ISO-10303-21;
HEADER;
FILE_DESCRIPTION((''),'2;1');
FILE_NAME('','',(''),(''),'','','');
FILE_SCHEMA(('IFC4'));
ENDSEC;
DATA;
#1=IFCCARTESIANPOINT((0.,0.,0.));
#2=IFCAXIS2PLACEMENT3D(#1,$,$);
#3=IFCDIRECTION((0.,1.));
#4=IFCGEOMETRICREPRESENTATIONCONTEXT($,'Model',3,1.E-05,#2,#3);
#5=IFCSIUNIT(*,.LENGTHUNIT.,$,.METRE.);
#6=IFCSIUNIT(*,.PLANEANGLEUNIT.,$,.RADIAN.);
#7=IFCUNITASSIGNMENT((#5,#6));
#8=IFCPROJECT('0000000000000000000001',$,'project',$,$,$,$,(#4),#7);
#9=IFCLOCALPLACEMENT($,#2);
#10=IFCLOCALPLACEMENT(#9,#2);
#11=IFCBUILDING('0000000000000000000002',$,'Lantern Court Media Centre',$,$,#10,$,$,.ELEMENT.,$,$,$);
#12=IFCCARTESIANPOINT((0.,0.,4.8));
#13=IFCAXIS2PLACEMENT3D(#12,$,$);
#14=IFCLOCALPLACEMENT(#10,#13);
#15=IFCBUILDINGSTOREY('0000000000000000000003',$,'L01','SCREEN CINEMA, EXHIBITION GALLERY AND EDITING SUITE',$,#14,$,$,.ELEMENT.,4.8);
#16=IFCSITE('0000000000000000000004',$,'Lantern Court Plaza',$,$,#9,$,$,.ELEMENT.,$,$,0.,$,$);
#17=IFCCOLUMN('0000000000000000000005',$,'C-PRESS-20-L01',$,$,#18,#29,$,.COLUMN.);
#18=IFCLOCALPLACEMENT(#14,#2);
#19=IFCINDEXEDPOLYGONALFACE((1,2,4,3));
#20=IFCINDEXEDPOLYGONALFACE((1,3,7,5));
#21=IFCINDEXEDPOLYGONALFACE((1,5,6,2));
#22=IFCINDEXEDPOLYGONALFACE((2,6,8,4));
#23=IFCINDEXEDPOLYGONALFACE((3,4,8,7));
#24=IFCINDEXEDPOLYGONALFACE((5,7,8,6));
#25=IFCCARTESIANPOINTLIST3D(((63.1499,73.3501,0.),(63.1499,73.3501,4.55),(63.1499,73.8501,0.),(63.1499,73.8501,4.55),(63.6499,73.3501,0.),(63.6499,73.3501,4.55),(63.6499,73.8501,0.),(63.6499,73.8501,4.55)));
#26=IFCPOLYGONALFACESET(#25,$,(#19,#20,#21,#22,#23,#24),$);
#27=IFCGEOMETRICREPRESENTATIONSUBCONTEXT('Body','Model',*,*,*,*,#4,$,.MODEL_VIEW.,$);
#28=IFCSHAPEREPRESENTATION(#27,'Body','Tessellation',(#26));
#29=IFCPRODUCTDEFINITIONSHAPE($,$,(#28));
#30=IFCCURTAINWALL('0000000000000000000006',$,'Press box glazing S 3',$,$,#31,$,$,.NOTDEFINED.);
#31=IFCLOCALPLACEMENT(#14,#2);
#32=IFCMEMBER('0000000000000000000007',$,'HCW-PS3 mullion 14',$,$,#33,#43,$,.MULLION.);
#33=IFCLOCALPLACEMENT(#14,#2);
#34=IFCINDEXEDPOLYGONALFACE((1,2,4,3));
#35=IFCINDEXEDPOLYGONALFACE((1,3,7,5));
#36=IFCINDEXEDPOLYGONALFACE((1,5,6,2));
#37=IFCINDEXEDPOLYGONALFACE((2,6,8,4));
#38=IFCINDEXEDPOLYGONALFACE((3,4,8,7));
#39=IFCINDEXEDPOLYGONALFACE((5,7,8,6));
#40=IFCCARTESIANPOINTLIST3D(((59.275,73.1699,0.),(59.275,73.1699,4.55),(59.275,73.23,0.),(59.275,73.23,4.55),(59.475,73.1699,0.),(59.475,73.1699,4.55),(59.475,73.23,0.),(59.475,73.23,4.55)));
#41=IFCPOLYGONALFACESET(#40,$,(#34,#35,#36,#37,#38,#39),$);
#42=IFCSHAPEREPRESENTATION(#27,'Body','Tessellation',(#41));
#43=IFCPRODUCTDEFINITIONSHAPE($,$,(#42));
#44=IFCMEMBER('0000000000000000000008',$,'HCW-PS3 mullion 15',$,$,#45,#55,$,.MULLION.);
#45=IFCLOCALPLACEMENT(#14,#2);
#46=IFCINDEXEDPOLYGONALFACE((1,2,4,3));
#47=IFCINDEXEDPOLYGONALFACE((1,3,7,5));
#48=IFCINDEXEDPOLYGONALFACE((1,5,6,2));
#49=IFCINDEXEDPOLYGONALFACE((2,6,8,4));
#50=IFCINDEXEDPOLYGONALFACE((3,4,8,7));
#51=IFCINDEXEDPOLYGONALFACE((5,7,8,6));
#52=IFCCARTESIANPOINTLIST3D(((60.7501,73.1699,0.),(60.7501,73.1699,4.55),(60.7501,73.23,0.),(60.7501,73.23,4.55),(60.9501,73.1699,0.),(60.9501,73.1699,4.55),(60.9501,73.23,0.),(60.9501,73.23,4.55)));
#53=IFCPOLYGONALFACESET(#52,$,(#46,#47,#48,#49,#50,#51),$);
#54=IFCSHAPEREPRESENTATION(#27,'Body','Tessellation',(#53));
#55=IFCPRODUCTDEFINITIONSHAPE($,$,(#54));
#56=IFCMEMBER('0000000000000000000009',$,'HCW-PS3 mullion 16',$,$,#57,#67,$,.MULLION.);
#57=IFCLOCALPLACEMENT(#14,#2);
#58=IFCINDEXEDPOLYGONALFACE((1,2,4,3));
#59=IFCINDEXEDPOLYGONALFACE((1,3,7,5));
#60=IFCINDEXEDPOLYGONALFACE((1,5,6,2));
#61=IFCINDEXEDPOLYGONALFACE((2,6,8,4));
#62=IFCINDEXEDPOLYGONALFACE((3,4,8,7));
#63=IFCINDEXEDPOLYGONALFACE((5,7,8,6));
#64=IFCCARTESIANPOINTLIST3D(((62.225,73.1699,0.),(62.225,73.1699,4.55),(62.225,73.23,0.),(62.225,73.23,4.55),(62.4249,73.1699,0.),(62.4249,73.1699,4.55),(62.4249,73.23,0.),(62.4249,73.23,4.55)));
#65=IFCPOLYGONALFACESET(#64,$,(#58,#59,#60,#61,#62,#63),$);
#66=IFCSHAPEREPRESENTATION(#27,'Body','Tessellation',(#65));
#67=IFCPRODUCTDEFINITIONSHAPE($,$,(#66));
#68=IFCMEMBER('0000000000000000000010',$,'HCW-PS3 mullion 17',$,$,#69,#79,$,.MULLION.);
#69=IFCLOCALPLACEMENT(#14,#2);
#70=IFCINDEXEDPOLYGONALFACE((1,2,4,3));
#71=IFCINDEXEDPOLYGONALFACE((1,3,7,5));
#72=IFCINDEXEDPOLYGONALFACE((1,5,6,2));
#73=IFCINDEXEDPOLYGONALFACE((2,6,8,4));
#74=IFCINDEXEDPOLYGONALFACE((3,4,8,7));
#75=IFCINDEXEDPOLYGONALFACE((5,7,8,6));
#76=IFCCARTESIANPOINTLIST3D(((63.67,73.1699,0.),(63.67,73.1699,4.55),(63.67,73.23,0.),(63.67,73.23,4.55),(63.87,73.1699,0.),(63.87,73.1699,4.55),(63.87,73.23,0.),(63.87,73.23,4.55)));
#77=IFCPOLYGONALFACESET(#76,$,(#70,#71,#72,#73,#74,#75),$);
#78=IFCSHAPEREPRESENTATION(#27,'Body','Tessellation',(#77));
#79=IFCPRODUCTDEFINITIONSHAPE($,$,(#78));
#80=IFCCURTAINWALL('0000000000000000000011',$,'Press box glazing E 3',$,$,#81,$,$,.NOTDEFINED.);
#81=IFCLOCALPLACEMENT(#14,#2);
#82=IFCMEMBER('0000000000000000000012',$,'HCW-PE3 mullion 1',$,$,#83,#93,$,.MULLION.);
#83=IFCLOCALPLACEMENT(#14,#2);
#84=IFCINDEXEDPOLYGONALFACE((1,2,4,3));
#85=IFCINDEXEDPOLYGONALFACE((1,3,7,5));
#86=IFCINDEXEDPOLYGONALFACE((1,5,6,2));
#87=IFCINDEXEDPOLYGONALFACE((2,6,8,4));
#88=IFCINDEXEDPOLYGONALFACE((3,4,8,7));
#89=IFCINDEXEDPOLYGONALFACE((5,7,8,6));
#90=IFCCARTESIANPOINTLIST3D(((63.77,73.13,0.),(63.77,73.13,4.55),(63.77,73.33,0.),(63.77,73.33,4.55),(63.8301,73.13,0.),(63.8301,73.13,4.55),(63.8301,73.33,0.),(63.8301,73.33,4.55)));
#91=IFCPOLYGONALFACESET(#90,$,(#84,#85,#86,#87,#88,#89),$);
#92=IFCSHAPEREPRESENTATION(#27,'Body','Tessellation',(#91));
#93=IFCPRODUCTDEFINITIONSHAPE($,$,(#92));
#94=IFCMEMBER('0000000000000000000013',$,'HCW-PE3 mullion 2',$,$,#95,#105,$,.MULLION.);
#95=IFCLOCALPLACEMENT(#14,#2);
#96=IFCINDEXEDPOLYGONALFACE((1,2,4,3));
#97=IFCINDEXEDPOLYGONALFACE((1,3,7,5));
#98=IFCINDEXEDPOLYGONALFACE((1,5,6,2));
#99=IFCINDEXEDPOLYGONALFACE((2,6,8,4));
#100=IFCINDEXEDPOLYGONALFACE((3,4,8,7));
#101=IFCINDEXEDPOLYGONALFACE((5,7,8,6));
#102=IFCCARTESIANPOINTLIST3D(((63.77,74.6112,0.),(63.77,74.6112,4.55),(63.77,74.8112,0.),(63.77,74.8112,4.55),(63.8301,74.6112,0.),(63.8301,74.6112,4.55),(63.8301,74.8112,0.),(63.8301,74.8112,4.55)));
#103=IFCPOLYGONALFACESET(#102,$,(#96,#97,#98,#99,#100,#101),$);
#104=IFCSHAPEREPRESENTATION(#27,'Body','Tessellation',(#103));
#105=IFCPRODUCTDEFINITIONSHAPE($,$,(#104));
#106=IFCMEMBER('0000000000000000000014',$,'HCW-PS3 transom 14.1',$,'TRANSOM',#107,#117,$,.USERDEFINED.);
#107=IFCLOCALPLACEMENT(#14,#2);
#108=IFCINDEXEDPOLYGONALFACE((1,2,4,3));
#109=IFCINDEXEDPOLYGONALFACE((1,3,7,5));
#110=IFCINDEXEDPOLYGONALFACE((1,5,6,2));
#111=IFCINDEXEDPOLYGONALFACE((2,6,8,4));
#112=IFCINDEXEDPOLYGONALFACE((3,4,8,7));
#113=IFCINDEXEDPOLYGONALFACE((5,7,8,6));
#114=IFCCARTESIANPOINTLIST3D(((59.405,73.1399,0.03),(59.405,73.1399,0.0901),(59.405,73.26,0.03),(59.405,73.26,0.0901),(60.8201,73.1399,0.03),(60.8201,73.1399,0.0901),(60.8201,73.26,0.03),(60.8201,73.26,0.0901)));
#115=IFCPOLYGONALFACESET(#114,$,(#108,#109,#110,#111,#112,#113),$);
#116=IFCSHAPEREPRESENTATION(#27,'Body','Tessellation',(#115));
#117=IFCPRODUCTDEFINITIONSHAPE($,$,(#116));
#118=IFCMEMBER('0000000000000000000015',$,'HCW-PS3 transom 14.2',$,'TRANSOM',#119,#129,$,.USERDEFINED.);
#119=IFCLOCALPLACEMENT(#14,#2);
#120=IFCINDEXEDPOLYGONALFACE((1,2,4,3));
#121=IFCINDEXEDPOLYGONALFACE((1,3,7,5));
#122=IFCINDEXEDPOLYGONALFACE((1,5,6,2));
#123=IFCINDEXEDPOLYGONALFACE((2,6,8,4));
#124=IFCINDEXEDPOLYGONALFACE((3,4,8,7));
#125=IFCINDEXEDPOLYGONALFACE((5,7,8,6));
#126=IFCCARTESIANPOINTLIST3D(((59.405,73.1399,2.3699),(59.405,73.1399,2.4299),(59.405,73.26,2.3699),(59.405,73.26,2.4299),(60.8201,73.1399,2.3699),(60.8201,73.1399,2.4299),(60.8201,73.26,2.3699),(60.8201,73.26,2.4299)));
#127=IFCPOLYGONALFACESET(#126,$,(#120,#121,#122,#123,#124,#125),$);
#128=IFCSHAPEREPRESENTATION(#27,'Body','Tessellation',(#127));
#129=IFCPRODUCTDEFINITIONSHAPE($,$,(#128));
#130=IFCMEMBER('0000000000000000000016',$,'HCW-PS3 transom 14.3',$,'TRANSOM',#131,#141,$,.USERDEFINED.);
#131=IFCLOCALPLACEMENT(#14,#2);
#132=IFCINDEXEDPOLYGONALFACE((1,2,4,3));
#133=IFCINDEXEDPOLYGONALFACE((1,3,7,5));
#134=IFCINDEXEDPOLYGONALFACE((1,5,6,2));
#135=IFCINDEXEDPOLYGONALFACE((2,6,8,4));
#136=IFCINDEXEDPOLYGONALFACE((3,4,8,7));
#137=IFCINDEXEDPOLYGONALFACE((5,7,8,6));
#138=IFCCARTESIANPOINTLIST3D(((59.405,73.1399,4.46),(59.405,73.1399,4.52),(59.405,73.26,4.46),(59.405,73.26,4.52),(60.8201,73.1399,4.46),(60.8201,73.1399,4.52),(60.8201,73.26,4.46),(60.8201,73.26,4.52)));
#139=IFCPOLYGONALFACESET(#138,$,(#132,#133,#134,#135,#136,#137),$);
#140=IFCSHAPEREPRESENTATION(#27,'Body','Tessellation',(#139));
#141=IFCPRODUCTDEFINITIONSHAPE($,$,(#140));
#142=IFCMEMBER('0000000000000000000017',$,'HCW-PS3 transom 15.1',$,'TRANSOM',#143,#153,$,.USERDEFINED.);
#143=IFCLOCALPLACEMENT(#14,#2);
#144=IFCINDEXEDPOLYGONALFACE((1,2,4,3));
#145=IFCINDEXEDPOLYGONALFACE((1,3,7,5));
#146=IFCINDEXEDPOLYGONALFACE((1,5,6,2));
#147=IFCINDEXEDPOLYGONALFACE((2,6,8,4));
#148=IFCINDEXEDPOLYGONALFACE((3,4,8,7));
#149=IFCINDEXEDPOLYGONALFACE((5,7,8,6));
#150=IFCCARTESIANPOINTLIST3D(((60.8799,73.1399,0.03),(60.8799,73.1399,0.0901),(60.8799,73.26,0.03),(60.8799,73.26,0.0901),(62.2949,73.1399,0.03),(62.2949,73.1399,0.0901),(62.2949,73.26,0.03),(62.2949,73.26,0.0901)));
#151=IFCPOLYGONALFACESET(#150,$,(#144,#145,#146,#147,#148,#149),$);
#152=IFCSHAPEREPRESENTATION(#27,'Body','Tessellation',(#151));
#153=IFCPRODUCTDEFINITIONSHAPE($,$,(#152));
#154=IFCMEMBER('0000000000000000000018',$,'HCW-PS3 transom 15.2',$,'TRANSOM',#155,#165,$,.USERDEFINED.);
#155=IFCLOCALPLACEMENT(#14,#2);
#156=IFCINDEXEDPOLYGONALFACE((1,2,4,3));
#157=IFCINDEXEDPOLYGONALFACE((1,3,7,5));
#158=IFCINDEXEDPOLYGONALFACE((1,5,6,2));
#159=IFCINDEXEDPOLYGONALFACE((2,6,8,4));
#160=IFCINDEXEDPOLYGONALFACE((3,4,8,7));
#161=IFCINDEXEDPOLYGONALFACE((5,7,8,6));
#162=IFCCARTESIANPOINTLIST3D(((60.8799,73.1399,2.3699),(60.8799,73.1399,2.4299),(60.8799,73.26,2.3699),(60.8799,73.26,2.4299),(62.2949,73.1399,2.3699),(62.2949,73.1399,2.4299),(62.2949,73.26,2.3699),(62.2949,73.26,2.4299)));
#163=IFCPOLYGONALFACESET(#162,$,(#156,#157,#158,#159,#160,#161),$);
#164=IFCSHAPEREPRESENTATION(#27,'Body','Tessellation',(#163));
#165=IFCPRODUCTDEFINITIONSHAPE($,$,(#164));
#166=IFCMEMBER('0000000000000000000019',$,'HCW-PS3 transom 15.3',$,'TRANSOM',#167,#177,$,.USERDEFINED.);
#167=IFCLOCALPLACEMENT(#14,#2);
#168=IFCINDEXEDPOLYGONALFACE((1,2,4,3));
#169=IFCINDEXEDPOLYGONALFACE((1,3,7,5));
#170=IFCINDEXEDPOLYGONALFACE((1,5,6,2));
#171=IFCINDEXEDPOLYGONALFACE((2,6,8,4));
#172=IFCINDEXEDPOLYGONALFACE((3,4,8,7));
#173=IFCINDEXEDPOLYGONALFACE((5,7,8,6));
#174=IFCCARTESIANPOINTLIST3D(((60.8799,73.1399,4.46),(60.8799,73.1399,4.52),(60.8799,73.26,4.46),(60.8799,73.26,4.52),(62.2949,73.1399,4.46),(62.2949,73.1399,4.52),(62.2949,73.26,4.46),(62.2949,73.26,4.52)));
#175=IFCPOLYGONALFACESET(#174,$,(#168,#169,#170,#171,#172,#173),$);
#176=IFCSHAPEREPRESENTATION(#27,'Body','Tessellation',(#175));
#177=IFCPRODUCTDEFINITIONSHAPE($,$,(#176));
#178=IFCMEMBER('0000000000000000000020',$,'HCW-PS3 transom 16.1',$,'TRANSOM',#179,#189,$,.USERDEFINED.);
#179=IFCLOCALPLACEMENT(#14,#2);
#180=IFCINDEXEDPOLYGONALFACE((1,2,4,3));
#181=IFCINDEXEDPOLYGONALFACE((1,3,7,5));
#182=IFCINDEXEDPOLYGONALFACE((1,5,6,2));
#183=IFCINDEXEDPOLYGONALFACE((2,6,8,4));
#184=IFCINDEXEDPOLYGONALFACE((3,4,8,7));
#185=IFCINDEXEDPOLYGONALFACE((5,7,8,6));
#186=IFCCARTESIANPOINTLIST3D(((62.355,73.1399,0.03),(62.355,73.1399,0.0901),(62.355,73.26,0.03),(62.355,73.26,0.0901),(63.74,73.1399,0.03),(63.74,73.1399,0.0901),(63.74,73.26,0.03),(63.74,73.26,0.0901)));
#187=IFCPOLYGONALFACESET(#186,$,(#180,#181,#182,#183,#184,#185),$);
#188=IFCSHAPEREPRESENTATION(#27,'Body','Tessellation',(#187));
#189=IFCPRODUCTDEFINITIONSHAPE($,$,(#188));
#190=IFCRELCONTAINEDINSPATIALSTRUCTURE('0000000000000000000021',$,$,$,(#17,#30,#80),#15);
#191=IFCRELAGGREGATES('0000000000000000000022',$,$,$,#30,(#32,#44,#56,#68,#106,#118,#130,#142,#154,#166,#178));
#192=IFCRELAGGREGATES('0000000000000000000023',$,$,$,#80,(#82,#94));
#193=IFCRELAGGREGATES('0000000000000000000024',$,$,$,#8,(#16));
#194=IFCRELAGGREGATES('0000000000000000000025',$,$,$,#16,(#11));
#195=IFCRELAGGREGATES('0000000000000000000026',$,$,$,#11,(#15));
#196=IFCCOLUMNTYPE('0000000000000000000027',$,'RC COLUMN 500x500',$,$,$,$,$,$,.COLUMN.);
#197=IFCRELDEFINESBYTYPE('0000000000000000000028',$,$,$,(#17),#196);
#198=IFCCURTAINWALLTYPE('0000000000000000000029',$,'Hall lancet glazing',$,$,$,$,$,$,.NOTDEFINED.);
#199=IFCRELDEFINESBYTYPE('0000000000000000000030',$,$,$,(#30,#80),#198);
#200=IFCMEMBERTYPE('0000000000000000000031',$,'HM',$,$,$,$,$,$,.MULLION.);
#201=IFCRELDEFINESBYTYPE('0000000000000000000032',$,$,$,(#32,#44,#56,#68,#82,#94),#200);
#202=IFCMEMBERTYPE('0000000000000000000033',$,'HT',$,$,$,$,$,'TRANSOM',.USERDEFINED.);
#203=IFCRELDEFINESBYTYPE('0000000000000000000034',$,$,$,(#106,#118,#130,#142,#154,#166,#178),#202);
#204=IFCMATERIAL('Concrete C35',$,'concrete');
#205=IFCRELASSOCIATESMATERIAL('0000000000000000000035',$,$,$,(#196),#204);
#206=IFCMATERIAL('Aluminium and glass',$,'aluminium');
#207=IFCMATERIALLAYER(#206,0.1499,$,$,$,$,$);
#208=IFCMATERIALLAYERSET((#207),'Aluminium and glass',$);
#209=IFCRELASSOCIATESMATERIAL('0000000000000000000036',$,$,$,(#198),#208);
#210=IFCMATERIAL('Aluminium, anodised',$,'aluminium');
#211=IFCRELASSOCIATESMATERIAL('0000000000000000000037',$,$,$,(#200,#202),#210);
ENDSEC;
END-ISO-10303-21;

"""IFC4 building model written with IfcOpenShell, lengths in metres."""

from ifc_helpers import new_model, si_unit, direction, frame, origin, origin_2d, place, context, subcontext, project, spatial, rectangle, extrude, material, layer, layer_set, material_profile, profile_set, type_object, element, aggregate, save


model = new_model("IFC4")

# Units and contexts
model_context = context("Model", 3, precision=1e-05, world=origin(), true_north=direction((0.0, 1.0)))
body_context = subcontext(model_context, "Body", "Model", "MODEL_VIEW")
ifc_project = project(units=[si_unit("LENGTHUNIT", "METRE"), si_unit("PLANEANGLEUNIT", "RADIAN")], contexts=[model_context])

# Site, building, storey
site_placement = place(None, origin())
site = spatial("IfcSite", under=ifc_project, at=site_placement, Name="Lantern Court Plaza", CompositionType="ELEMENT", RefElevation=0.0)
building_placement = place(site_placement, origin())
building = spatial("IfcBuilding", under=site, at=building_placement, Name="Lantern Court Media Centre", CompositionType="ELEMENT")
storey_placement = place(building_placement, frame((0.0, 0.0, 4.8)))
storey = spatial("IfcBuildingStorey", under=building, at=storey_placement, Name="L01", Description="SCREEN CINEMA, EXHIBITION GALLERY AND EDITING SUITE", CompositionType="ELEMENT", Elevation=4.8)

# Column
ifc_material_1 = material(Name="Concrete C35", Category="concrete")
ifc_material_profile_1 = material_profile(ifc_material_1, rectangle(XDim=0.5, YDim=0.5, at=origin_2d()), Name="RC 500x500")
ifc_profile_set_1 = profile_set([ifc_material_profile_1], Name="Concrete C35")
column_type = type_object("IfcColumnType", Name="RC COLUMN 500x500", PredefinedType="COLUMN", material=ifc_profile_set_1)
column_placement = place(storey_placement, frame((63.3999, 73.6001, 0.0), z_axis=(0.0, 0.0, 1.0), x_axis=(1.0, 0.0, 0.0)))
element("IfcColumn", 1, at=column_placement, inside=storey, type_object=column_type, Name="C-PRESS-20-L01", PredefinedType="COLUMN", context=body_context, shape_type="SweptSolid", body=[
    extrude(rectangle(XDim=0.5, YDim=0.5, at=origin_2d()), origin(), (0.0, 0.0, 1.0), 4.55),
])

# Curtain walls, members
ifc_material_2 = material(Name="Aluminium and glass", Category="aluminium")
ifc_layer_1 = layer(ifc_material_2, 0.1499)
ifc_layer_set_1 = layer_set([ifc_layer_1], Name="Aluminium and glass")
curtain_wall_type = type_object("IfcCurtainWallType", Name="Hall lancet glazing", PredefinedType="NOTDEFINED", material=ifc_layer_set_1)
curtain_wall_1_placement = place(storey_placement, origin())
curtain_wall_1 = element("IfcCurtainWall", 2, at=curtain_wall_1_placement, inside=storey, type_object=curtain_wall_type, Name="Press box glazing S 3", PredefinedType="NOTDEFINED")
ifc_material_3 = material(Name="Aluminium, anodised", Category="aluminium")
ifc_material_profile_2 = material_profile(ifc_material_3, rectangle(XDim=0.0601, YDim=0.2, at=origin_2d()), Name="HM")
ifc_profile_set_2 = profile_set([ifc_material_profile_2], Name="Aluminium, anodised")
member_type_1 = type_object("IfcMemberType", Name="HM", PredefinedType="MULLION", material=ifc_profile_set_2)
member_1_placement = place(storey_placement, frame((59.375, 73.2, 0.0), z_axis=(0.0, 0.0, 1.0), x_axis=(0.0, 1.0, 0.0)))
member_1 = element("IfcMember", 3, at=member_1_placement, type_object=member_type_1, Name="HCW-PS3 mullion 14", PredefinedType="MULLION", context=body_context, shape_type="SweptSolid", body=[
    extrude(rectangle(XDim=0.0601, YDim=0.2, at=origin_2d()), origin(), (0.0, 0.0, 1.0), 4.55),
])
member_2_placement = place(storey_placement, frame((60.8501, 73.2, 0.0), z_axis=(0.0, 0.0, 1.0), x_axis=(0.0, 1.0, 0.0)))
member_2 = element("IfcMember", 4, at=member_2_placement, type_object=member_type_1, Name="HCW-PS3 mullion 15", PredefinedType="MULLION", context=body_context, shape_type="SweptSolid", body=[
    extrude(rectangle(XDim=0.0601, YDim=0.2, at=origin_2d()), origin(), (0.0, 0.0, 1.0), 4.55),
])
member_3_placement = place(storey_placement, frame((62.325, 73.2, 0.0), z_axis=(0.0, 0.0, 1.0), x_axis=(0.0, 1.0, 0.0)))
member_3 = element("IfcMember", 5, at=member_3_placement, type_object=member_type_1, Name="HCW-PS3 mullion 16", PredefinedType="MULLION", context=body_context, shape_type="SweptSolid", body=[
    extrude(rectangle(XDim=0.0601, YDim=0.2, at=origin_2d()), origin(), (0.0, 0.0, 1.0), 4.55),
])
member_4_placement = place(storey_placement, frame((63.77, 73.2, 0.0), z_axis=(0.0, 0.0, 1.0), x_axis=(0.0, 1.0, 0.0)))
member_4 = element("IfcMember", 6, at=member_4_placement, type_object=member_type_1, Name="HCW-PS3 mullion 17", PredefinedType="MULLION", context=body_context, shape_type="SweptSolid", body=[
    extrude(rectangle(XDim=0.0601, YDim=0.2, at=origin_2d()), origin(), (0.0, 0.0, 1.0), 4.55),
])
curtain_wall_2_placement = place(storey_placement, origin())
curtain_wall_2 = element("IfcCurtainWall", 7, at=curtain_wall_2_placement, inside=storey, type_object=curtain_wall_type, Name="Press box glazing E 3", PredefinedType="NOTDEFINED")
member_5_placement = place(storey_placement, frame((63.8, 73.23, 0.0), z_axis=(0.0, 0.0, 1.0), x_axis=(-1.0, 0.0, 0.0)))
member_5 = element("IfcMember", 8, at=member_5_placement, type_object=member_type_1, Name="HCW-PE3 mullion 1", PredefinedType="MULLION", context=body_context, shape_type="SweptSolid", body=[
    extrude(rectangle(XDim=0.0601, YDim=0.2, at=origin_2d()), origin(), (0.0, 0.0, 1.0), 4.55),
])
member_6_placement = place(storey_placement, frame((63.8, 74.7112, 0.0), z_axis=(0.0, 0.0, 1.0), x_axis=(-1.0, 0.0, 0.0)))
member_6 = element("IfcMember", 9, at=member_6_placement, type_object=member_type_1, Name="HCW-PE3 mullion 2", PredefinedType="MULLION", context=body_context, shape_type="SweptSolid", body=[
    extrude(rectangle(XDim=0.0601, YDim=0.2, at=origin_2d()), origin(), (0.0, 0.0, 1.0), 4.55),
])

# Members
ifc_material_profile_3 = material_profile(ifc_material_3, rectangle(XDim=0.1201, YDim=0.0601, at=origin_2d()), Name="HT")
ifc_profile_set_3 = profile_set([ifc_material_profile_3], Name="Aluminium, anodised")
member_type_2 = type_object("IfcMemberType", Name="HT", ElementType="TRANSOM", PredefinedType="USERDEFINED", material=ifc_profile_set_3)
member_7_placement = place(storey_placement, frame((59.405, 73.2, 0.0601), z_axis=(1.0, 0.0, 0.0), x_axis=(0.0, 1.0, 0.0)))
member_7 = element("IfcMember", 10, at=member_7_placement, type_object=member_type_2, Name="HCW-PS3 transom 14.1", ObjectType="TRANSOM", PredefinedType="USERDEFINED", context=body_context, shape_type="SweptSolid", body=[
    extrude(rectangle(XDim=0.1201, YDim=0.0601, at=origin_2d()), origin(), (0.0, 0.0, 1.0), 1.415),
])
member_8_placement = place(storey_placement, frame((59.405, 73.2, 2.3999), z_axis=(1.0, 0.0, 0.0), x_axis=(0.0, 1.0, 0.0)))
member_8 = element("IfcMember", 11, at=member_8_placement, type_object=member_type_2, Name="HCW-PS3 transom 14.2", ObjectType="TRANSOM", PredefinedType="USERDEFINED", context=body_context, shape_type="SweptSolid", body=[
    extrude(rectangle(XDim=0.1201, YDim=0.0601, at=origin_2d()), origin(), (0.0, 0.0, 1.0), 1.415),
])
member_9_placement = place(storey_placement, frame((59.405, 73.2, 4.49), z_axis=(1.0, 0.0, 0.0), x_axis=(0.0, 1.0, 0.0)))
member_9 = element("IfcMember", 12, at=member_9_placement, type_object=member_type_2, Name="HCW-PS3 transom 14.3", ObjectType="TRANSOM", PredefinedType="USERDEFINED", context=body_context, shape_type="SweptSolid", body=[
    extrude(rectangle(XDim=0.1201, YDim=0.0601, at=origin_2d()), origin(), (0.0, 0.0, 1.0), 1.415),
])
member_10_placement = place(storey_placement, frame((60.8799, 73.2, 0.0601), z_axis=(1.0, 0.0, 0.0), x_axis=(0.0, 1.0, 0.0)))
member_10 = element("IfcMember", 13, at=member_10_placement, type_object=member_type_2, Name="HCW-PS3 transom 15.1", ObjectType="TRANSOM", PredefinedType="USERDEFINED", context=body_context, shape_type="SweptSolid", body=[
    extrude(rectangle(XDim=0.1201, YDim=0.0601, at=origin_2d()), origin(), (0.0, 0.0, 1.0), 1.415),
])
member_11_placement = place(storey_placement, frame((60.8799, 73.2, 2.3999), z_axis=(1.0, 0.0, 0.0), x_axis=(0.0, 1.0, 0.0)))
member_11 = element("IfcMember", 14, at=member_11_placement, type_object=member_type_2, Name="HCW-PS3 transom 15.2", ObjectType="TRANSOM", PredefinedType="USERDEFINED", context=body_context, shape_type="SweptSolid", body=[
    extrude(rectangle(XDim=0.1201, YDim=0.0601, at=origin_2d()), origin(), (0.0, 0.0, 1.0), 1.415),
])
member_12_placement = place(storey_placement, frame((60.8799, 73.2, 4.49), z_axis=(1.0, 0.0, 0.0), x_axis=(0.0, 1.0, 0.0)))
member_12 = element("IfcMember", 15, at=member_12_placement, type_object=member_type_2, Name="HCW-PS3 transom 15.3", ObjectType="TRANSOM", PredefinedType="USERDEFINED", context=body_context, shape_type="SweptSolid", body=[
    extrude(rectangle(XDim=0.1201, YDim=0.0601, at=origin_2d()), origin(), (0.0, 0.0, 1.0), 1.415),
])
member_13_placement = place(storey_placement, frame((62.355, 73.2, 0.0601), z_axis=(1.0, 0.0, 0.0), x_axis=(0.0, 1.0, 0.0)))
member_13 = element("IfcMember", 16, at=member_13_placement, type_object=member_type_2, Name="HCW-PS3 transom 16.1", ObjectType="TRANSOM", PredefinedType="USERDEFINED", context=body_context, shape_type="SweptSolid", body=[
    extrude(rectangle(XDim=0.1201, YDim=0.0601, at=origin_2d()), origin(), (0.0, 0.0, 1.0), 1.385),
])

aggregate(curtain_wall_1, [member_1, member_2, member_3, member_4, member_7, member_8, member_9, member_10, member_11, member_12, member_13])
aggregate(curtain_wall_2, [member_5, member_6])

save(model, "model.ifc")
